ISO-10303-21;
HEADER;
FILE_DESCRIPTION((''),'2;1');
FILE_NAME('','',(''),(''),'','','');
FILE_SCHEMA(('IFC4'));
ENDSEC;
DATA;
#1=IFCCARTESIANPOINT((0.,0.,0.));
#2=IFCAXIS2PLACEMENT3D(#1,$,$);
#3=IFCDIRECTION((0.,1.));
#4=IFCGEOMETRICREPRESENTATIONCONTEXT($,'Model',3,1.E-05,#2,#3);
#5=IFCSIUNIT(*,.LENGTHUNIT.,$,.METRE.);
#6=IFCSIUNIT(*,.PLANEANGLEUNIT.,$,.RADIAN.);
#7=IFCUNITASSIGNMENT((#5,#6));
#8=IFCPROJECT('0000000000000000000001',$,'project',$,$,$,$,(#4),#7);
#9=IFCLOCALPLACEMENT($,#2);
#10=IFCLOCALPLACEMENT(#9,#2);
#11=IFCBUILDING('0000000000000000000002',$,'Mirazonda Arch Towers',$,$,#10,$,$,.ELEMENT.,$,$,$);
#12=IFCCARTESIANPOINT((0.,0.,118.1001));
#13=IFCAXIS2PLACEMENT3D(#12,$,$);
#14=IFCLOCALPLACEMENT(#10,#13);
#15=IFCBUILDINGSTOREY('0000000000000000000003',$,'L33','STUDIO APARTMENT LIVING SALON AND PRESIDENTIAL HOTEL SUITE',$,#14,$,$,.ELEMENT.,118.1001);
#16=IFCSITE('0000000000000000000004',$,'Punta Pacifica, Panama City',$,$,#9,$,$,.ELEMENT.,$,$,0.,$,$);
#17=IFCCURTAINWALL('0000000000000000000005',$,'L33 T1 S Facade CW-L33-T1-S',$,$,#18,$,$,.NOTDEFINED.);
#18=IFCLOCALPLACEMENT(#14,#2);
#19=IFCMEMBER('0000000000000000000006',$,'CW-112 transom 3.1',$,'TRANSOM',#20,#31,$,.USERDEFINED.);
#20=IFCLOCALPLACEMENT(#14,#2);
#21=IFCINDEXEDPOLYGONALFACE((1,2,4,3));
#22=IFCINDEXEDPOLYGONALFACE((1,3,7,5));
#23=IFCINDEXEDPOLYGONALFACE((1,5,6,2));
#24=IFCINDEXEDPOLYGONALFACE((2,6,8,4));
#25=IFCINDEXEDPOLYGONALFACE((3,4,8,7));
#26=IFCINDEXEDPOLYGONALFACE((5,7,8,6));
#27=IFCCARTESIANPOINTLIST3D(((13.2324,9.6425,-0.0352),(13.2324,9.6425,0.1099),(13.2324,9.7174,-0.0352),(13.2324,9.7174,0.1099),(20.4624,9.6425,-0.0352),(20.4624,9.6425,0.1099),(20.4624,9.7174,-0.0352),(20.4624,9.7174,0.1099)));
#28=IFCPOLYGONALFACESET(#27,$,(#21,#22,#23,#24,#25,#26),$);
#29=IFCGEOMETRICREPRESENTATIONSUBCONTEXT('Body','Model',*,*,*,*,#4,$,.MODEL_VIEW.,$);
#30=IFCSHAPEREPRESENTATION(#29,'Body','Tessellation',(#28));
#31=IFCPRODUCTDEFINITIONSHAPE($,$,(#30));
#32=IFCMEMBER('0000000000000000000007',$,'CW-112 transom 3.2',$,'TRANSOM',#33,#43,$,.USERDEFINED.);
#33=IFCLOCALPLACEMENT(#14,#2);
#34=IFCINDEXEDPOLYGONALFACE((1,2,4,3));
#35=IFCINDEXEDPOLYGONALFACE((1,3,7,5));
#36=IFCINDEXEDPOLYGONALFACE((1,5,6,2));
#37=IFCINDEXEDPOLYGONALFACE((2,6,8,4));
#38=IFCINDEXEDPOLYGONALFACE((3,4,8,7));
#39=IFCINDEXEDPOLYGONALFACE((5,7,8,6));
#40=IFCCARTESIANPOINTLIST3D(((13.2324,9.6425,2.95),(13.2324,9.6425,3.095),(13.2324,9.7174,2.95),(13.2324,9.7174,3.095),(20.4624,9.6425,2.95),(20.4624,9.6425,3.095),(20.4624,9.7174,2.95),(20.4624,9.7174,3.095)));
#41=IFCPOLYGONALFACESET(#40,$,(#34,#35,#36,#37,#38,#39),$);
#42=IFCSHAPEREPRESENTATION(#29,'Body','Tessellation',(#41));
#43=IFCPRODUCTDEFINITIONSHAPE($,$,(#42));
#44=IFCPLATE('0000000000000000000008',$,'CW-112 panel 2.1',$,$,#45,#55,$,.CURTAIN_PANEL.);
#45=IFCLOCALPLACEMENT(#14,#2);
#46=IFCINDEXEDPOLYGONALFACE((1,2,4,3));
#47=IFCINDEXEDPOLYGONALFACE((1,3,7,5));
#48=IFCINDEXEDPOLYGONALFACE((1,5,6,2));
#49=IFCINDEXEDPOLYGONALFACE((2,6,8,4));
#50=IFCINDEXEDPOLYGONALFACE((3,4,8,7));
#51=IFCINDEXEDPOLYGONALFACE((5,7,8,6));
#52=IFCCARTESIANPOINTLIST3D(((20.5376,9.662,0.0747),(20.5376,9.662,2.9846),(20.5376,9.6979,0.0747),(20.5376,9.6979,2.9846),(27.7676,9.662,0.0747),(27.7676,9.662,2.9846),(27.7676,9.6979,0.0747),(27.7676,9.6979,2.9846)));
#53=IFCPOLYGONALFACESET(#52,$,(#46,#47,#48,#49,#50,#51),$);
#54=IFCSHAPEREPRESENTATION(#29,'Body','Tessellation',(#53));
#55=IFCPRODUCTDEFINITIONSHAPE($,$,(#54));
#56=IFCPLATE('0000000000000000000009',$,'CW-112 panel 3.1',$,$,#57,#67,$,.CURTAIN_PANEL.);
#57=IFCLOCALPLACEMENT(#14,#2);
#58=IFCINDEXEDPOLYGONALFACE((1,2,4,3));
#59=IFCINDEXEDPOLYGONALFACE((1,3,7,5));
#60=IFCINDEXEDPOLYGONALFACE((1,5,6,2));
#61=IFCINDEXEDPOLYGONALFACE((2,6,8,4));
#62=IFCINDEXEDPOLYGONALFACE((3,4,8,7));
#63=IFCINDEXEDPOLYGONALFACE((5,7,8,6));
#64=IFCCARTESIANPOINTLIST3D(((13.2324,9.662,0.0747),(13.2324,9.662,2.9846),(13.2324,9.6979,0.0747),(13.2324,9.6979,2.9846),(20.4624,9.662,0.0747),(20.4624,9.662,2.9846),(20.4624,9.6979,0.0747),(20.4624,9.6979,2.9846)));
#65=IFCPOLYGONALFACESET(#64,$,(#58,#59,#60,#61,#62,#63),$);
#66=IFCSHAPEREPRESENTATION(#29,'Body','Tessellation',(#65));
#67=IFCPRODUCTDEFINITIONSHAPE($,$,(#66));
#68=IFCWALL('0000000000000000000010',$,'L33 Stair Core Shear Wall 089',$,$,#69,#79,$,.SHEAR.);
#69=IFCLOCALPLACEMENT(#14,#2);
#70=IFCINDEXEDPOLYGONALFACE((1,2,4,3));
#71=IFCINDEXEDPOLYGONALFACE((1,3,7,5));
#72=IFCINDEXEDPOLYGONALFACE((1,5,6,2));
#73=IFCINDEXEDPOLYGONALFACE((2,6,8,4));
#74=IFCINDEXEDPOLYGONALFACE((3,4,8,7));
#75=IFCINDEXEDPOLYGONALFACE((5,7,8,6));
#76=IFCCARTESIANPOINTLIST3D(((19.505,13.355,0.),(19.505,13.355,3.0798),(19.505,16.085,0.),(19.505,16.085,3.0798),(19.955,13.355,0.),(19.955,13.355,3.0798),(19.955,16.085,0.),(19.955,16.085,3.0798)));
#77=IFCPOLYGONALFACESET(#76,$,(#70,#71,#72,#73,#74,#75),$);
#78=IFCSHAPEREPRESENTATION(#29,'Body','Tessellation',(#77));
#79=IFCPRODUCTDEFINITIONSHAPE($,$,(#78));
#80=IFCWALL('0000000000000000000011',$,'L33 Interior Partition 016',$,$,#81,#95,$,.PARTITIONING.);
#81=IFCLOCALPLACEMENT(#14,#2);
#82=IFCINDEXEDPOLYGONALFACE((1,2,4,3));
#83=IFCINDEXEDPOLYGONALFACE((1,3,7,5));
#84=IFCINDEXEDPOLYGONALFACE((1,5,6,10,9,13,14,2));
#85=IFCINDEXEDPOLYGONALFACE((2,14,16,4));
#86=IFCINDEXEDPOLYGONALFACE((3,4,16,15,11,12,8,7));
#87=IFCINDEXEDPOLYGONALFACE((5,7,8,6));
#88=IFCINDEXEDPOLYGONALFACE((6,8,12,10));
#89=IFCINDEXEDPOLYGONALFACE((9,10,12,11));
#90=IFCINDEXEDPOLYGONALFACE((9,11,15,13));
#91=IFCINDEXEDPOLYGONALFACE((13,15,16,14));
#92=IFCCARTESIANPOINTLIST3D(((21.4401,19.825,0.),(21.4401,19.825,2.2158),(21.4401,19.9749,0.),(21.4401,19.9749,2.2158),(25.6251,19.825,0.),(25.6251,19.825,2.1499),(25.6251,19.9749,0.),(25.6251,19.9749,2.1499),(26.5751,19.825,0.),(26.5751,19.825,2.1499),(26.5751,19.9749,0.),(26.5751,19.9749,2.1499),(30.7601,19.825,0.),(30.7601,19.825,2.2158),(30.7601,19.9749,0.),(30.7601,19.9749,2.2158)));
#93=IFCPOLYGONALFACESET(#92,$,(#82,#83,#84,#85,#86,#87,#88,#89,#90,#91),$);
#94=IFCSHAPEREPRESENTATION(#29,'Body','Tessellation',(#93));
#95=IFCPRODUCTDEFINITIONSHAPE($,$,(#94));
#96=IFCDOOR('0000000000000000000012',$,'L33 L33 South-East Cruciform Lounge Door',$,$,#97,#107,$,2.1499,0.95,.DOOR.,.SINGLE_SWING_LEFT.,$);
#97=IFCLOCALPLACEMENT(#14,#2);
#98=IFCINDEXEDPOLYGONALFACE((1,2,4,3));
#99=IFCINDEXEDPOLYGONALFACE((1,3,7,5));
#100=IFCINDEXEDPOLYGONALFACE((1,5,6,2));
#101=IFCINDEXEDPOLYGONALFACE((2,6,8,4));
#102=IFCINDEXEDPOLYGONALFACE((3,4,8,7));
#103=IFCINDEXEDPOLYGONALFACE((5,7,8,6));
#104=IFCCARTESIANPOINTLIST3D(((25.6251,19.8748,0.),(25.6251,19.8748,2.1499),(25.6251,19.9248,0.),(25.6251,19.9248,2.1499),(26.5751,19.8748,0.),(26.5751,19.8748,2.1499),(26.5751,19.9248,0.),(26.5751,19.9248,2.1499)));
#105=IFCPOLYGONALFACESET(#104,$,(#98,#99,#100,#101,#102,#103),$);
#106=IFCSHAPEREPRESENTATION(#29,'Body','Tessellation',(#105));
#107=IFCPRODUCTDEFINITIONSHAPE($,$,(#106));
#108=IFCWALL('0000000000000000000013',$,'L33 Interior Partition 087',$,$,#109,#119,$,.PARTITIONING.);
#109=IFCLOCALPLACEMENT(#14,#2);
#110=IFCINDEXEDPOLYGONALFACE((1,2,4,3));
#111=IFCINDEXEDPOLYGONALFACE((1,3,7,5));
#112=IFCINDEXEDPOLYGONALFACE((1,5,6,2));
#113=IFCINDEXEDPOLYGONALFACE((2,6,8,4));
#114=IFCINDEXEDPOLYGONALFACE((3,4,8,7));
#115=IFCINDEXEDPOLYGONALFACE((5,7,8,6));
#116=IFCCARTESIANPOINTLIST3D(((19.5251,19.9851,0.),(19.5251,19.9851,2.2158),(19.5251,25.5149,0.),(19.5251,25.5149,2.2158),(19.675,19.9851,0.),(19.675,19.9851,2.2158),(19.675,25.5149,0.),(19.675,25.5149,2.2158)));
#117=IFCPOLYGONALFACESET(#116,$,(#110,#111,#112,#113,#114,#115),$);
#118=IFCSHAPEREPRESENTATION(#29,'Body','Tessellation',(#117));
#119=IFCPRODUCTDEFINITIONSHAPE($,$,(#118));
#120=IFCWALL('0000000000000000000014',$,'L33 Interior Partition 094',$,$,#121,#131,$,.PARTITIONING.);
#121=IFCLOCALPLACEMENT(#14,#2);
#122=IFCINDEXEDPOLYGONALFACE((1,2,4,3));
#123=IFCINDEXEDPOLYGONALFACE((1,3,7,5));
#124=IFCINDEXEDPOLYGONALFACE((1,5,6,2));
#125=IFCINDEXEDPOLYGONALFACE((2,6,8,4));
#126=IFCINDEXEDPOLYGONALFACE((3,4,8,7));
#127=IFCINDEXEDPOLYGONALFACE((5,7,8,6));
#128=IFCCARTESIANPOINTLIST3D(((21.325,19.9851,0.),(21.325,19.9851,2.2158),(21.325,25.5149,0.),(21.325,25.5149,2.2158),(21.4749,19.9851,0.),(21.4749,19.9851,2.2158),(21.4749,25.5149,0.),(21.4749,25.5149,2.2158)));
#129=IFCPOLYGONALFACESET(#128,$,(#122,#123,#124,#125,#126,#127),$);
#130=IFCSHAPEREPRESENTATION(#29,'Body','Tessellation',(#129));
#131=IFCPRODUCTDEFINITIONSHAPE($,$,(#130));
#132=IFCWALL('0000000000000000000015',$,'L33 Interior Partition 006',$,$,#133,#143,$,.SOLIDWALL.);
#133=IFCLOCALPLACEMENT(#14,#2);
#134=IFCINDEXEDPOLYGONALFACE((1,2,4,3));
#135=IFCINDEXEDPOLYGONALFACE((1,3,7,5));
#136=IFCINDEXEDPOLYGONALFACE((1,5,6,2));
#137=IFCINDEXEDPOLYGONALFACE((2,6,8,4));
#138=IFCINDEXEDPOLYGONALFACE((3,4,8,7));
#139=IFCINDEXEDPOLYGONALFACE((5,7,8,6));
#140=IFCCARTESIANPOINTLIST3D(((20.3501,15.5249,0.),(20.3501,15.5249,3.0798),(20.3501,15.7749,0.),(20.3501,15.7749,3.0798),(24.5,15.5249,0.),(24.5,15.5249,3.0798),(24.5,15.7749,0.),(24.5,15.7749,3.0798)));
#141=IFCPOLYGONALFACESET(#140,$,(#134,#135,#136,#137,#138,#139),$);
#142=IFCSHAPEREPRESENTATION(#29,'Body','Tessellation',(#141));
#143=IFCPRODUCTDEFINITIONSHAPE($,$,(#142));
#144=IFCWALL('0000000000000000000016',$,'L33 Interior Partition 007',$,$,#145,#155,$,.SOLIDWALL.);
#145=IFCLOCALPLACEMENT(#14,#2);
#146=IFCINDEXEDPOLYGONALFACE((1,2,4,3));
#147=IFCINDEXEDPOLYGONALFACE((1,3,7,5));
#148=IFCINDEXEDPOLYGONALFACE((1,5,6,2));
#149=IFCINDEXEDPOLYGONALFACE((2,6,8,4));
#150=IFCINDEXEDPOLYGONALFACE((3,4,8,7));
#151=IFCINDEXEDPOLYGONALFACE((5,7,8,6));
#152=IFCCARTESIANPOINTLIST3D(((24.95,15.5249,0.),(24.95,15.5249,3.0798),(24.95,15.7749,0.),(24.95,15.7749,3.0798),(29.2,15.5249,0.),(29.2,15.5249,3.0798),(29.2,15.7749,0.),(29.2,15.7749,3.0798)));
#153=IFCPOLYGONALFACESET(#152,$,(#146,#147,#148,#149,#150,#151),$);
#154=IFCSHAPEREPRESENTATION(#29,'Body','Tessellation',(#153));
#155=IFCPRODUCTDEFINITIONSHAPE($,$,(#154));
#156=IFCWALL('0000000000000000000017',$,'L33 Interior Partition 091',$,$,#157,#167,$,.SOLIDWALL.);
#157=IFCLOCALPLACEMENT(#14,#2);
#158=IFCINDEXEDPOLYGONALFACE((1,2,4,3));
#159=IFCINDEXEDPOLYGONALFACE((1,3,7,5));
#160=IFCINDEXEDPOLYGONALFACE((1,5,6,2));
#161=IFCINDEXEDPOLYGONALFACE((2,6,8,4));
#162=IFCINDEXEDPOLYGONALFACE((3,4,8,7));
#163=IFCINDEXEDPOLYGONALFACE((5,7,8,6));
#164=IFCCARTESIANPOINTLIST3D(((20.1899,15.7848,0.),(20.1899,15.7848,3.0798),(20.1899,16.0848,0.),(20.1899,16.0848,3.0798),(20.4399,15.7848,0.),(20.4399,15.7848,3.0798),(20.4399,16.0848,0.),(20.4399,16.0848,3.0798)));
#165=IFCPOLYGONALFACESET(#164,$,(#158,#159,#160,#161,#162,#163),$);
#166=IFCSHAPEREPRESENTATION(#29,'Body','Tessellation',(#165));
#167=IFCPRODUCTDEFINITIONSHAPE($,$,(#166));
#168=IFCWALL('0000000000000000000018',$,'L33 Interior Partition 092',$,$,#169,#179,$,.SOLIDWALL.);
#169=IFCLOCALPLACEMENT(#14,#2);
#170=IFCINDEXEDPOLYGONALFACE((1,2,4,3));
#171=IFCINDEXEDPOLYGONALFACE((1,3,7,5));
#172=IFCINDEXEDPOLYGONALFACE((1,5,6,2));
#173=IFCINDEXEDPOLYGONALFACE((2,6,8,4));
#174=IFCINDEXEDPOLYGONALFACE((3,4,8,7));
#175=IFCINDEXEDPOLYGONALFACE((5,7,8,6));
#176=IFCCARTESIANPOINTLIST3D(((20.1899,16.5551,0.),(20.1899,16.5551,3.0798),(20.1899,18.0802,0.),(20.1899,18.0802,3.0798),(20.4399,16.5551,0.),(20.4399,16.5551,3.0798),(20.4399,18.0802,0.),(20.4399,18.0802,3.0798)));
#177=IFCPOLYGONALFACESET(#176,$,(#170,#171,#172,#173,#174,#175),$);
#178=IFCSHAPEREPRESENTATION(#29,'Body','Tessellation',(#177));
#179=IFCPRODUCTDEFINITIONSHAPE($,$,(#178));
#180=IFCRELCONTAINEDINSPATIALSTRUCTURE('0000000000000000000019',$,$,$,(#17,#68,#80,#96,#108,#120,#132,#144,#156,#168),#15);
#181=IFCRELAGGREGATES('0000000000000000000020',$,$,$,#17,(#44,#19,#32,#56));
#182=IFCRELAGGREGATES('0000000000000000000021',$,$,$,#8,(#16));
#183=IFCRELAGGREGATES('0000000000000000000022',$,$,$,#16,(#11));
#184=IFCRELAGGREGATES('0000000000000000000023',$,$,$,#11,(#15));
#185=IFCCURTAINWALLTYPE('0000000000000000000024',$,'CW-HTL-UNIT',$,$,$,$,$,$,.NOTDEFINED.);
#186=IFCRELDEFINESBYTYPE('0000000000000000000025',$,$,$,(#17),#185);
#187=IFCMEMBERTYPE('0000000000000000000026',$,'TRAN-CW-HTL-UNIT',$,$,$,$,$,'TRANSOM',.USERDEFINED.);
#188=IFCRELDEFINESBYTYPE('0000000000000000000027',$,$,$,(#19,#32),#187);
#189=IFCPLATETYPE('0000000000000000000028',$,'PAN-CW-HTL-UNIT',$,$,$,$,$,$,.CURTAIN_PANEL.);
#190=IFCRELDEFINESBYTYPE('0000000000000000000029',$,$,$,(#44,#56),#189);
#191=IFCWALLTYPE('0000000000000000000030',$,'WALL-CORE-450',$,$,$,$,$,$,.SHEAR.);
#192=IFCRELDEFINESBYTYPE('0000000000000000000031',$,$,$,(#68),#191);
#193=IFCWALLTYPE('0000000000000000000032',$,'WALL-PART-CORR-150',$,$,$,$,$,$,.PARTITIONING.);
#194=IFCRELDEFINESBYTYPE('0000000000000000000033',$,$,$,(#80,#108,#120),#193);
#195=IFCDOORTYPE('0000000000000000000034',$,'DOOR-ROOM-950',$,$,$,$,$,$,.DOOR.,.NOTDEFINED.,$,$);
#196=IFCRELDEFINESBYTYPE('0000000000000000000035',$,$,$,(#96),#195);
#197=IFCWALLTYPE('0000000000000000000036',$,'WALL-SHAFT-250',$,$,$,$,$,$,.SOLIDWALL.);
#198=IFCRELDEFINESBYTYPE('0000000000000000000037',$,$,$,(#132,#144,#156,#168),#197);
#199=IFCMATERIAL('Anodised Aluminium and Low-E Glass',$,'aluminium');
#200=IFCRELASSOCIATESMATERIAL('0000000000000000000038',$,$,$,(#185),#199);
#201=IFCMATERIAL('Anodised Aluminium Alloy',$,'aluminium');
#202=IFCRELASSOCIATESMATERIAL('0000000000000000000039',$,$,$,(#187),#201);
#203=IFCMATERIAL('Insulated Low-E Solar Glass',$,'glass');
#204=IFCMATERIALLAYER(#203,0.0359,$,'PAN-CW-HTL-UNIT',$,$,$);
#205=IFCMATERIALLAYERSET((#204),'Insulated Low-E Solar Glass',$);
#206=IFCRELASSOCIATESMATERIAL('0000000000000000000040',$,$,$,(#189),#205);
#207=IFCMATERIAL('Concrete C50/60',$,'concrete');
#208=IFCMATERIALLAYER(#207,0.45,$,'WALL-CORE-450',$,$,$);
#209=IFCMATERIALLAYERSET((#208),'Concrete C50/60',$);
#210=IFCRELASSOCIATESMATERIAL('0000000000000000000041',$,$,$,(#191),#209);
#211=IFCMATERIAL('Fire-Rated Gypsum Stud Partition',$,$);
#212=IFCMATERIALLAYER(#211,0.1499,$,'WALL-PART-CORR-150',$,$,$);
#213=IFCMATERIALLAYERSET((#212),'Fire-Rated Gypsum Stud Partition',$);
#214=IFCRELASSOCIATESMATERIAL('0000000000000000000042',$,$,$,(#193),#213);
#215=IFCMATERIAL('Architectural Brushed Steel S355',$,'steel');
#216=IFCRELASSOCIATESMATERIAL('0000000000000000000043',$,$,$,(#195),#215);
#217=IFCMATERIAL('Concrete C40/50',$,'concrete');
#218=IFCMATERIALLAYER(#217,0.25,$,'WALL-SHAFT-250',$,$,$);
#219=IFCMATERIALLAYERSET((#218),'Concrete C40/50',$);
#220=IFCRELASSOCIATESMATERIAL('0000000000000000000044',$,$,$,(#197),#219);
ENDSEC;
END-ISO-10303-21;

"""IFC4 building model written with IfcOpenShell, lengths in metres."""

from ifc_helpers import new_model, si_unit, direction, frame, frame_2d, origin, origin_2d, place, context, subcontext, project, spatial, rectangle, extrude, material, layer, layer_set, material_profile, profile_set, type_object, element, fill, aggregate, save


model = new_model("IFC4")

# Units and contexts
model_context = context("Model", 3, precision=1e-05, world=origin(), true_north=direction((0.0, 1.0)))
body_context = subcontext(model_context, "Body", "Model", "MODEL_VIEW")
ifc_project = project(units=[si_unit("LENGTHUNIT", "METRE"), si_unit("PLANEANGLEUNIT", "RADIAN")], contexts=[model_context])

# Site, building, storey
site_placement = place(None, origin())
site = spatial("IfcSite", under=ifc_project, at=site_placement, Name="Punta Pacifica, Panama City", CompositionType="ELEMENT", RefElevation=0.0)
building_placement = place(site_placement, origin())
building = spatial("IfcBuilding", under=site, at=building_placement, Name="Mirazonda Arch Towers", CompositionType="ELEMENT")
storey_placement = place(building_placement, frame((0.0, 0.0, 118.1001)))
storey = spatial("IfcBuildingStorey", under=building, at=storey_placement, Name="L33", Description="STUDIO APARTMENT LIVING SALON AND PRESIDENTIAL HOTEL SUITE", CompositionType="ELEMENT", Elevation=118.1001)

# Shared definitions
ifc_material_1 = material(Name="Concrete C50/60", Category="concrete")

# Curtain wall, members, plates
ifc_material_2 = material(Name="Anodised Aluminium and Low-E Glass", Category="aluminium")
curtain_wall_type = type_object("IfcCurtainWallType", Name="CW-HTL-UNIT", PredefinedType="NOTDEFINED", material=ifc_material_2)
curtain_wall_placement = place(storey_placement, origin())
curtain_wall = element("IfcCurtainWall", 1, at=curtain_wall_placement, inside=storey, type_object=curtain_wall_type, Name="L33 T1 S Facade CW-L33-T1-S", PredefinedType="NOTDEFINED")
ifc_material_3 = material(Name="Anodised Aluminium Alloy", Category="aluminium")
ifc_material_profile_1 = material_profile(ifc_material_3, rectangle(XDim=0.075, YDim=0.145, at=origin_2d()), Name="ALU-TRAN-75x145")
ifc_profile_set_1 = profile_set([ifc_material_profile_1], Name="Anodised Aluminium Alloy")
member_type_1 = type_object("IfcMemberType", Name="TRAN-CW-HTL-UNIT", ElementType="TRANSOM", PredefinedType="USERDEFINED", material=ifc_profile_set_1)
member_1_placement = place(storey_placement, frame((20.4624, 9.6799, 0.0374), z_axis=(-1.0, 0.0, 0.0), x_axis=(0.0, -1.0, 0.0)))
member_1 = element("IfcMember", 2, at=member_1_placement, type_object=member_type_1, Name="CW-112 transom 3.1", ObjectType="TRANSOM", PredefinedType="USERDEFINED", context=body_context, shape_type="SweptSolid", body=[
    extrude(rectangle(XDim=0.075, YDim=0.145, at=origin_2d()), origin(), (0.0, 0.0, 1.0), 7.23),
])
member_2_placement = place(storey_placement, frame((20.4624, 9.6799, 3.0225), z_axis=(-1.0, 0.0, 0.0), x_axis=(0.0, -1.0, 0.0)))
member_2 = element("IfcMember", 3, at=member_2_placement, type_object=member_type_1, Name="CW-112 transom 3.2", ObjectType="TRANSOM", PredefinedType="USERDEFINED", context=body_context, shape_type="SweptSolid", body=[
    extrude(rectangle(XDim=0.075, YDim=0.145, at=origin_2d()), origin(), (0.0, 0.0, 1.0), 7.23),
])
ifc_material_4 = material(Name="Insulated Low-E Solar Glass", Category="glass")
ifc_layer_1 = layer(ifc_material_4, 0.0359, Name="PAN-CW-HTL-UNIT")
ifc_layer_set_1 = layer_set([ifc_layer_1], Name="Insulated Low-E Solar Glass")
plate_type = type_object("IfcPlateType", Name="PAN-CW-HTL-UNIT", PredefinedType="CURTAIN_PANEL", material=ifc_layer_set_1)
plate_1_placement = place(storey_placement, frame((24.1526, 9.6799, 0.0747), z_axis=(0.0, 0.0, 1.0), x_axis=(-1.0, 0.0, 0.0)))
plate_1 = element("IfcPlate", 4, at=plate_1_placement, type_object=plate_type, Name="CW-112 panel 2.1", PredefinedType="CURTAIN_PANEL", context=body_context, shape_type="SweptSolid", body=[
    extrude(rectangle(XDim=7.23, YDim=0.0359, at=origin_2d()), origin(), (0.0, 0.0, 1.0), 2.9099),
])
plate_2_placement = place(storey_placement, frame((16.8474, 9.6799, 0.0747), z_axis=(0.0, 0.0, 1.0), x_axis=(-1.0, 0.0, 0.0)))
plate_2 = element("IfcPlate", 5, at=plate_2_placement, type_object=plate_type, Name="CW-112 panel 3.1", PredefinedType="CURTAIN_PANEL", context=body_context, shape_type="SweptSolid", body=[
    extrude(rectangle(XDim=7.23, YDim=0.0359, at=origin_2d()), origin(), (0.0, 0.0, 1.0), 2.9099),
])
aggregate(curtain_wall, [plate_1, member_1, member_2, plate_2])

# Wall
ifc_layer_2 = layer(ifc_material_1, 0.45, Name="WALL-CORE-450")
ifc_layer_set_2 = layer_set([ifc_layer_2], Name="Concrete C50/60")
wall_type_1 = type_object("IfcWallType", Name="WALL-CORE-450", PredefinedType="SHEAR", material=ifc_layer_set_2)
wall_1_placement = place(storey_placement, frame((19.73, 13.355, 0.0), z_axis=(0.0, 0.0, 1.0), x_axis=(0.0, 1.0, 0.0)))
element("IfcWall", 6, at=wall_1_placement, inside=storey, type_object=wall_type_1, Name="L33 Stair Core Shear Wall 089", PredefinedType="SHEAR", context=body_context, shape_type="SweptSolid", body=[
    extrude(rectangle(XDim=2.73, YDim=0.45, at=frame_2d((1.365, 0.0))), origin(), (0.0, 0.0, 1.0), 3.0798),
])

# Wall, opening, door
ifc_material_5 = material(Name="Fire-Rated Gypsum Stud Partition")
ifc_layer_3 = layer(ifc_material_5, 0.1499, Name="WALL-PART-CORR-150")
ifc_layer_set_3 = layer_set([ifc_layer_3], Name="Fire-Rated Gypsum Stud Partition")
wall_type_2 = type_object("IfcWallType", Name="WALL-PART-CORR-150", PredefinedType="PARTITIONING", material=ifc_layer_set_3)
wall_2_placement = place(storey_placement, frame((21.4399, 19.8999, 0.0), z_axis=(0.0, 0.0, 1.0), x_axis=(1.0, 0.0, 0.0)))
wall_2 = element("IfcWall", 7, at=wall_2_placement, inside=storey, type_object=wall_type_2, Name="L33 Interior Partition 016", PredefinedType="PARTITIONING", context=body_context, shape_type="SweptSolid", body=[
    extrude(rectangle(XDim=9.3201, YDim=0.1499, at=frame_2d((4.6602, 0.0))), origin(), (0.0, 0.0, 1.0), 2.2158),
])
opening_placement = place(wall_2_placement, frame((4.1851, 0.0, 0.0)))
opening = element("IfcOpeningElement", 8, at=opening_placement, cuts=wall_2, PredefinedType="OPENING", context=body_context, shape_type="SweptSolid", body=[
    extrude(rectangle(XDim=0.95, YDim=2.1499, at=frame_2d((0.4751, 1.075))), frame((0.0, 0.085, 0.0), z_axis=(0.0, -1.0, 0.0), x_axis=(1.0, 0.0, 0.0)), (0.0, 0.0, 1.0), 0.1699),
])
ifc_material_6 = material(Name="Architectural Brushed Steel S355", Category="steel")
door_type = type_object("IfcDoorType", Name="DOOR-ROOM-950", OperationType="NOTDEFINED", PredefinedType="DOOR", material=ifc_material_6)
door_placement = place(opening_placement, origin())
door = element("IfcDoor", 9, at=door_placement, inside=storey, type_object=door_type, Name="L33 L33 South-East Cruciform Lounge Door", OperationType="SINGLE_SWING_LEFT", OverallHeight=2.1499, OverallWidth=0.95, PredefinedType="DOOR", context=body_context, shape_type="SweptSolid", body=[
    extrude(rectangle(XDim=0.95, YDim=2.1499, at=frame_2d((0.4751, 1.075))), frame((0.0, 0.0249, 0.0), z_axis=(0.0, -1.0, 0.0), x_axis=(1.0, 0.0, 0.0)), (0.0, 0.0, 1.0), 0.05),
])
fill(opening, door)

# Walls
for number, where, z_axis, x_axis, name in (
    (10, (19.6001, 19.9851, 0.0), (0.0, 0.0, 1.0), (0.0, 1.0, 0.0), "L33 Interior Partition 087"),
    (11, (21.3999, 19.9851, 0.0), (0.0, 0.0, 1.0), (0.0, 1.0, 0.0), "L33 Interior Partition 094"),
):
    element("IfcWall", number, at=place(storey_placement, frame(where, z_axis=z_axis, x_axis=x_axis)), inside=storey, type_object=wall_type_2, Name=name, PredefinedType="PARTITIONING", context=body_context, shape_type="SweptSolid", body=[
        extrude(rectangle(XDim=5.5298, YDim=0.1499, at=frame_2d((2.7649, 0.0))), origin(), (0.0, 0.0, 1.0), 2.2158),
    ])
ifc_material_7 = material(Name="Concrete C40/50", Category="concrete")
ifc_layer_4 = layer(ifc_material_7, 0.25, Name="WALL-SHAFT-250")
ifc_layer_set_4 = layer_set([ifc_layer_4], Name="Concrete C40/50")
wall_type_3 = type_object("IfcWallType", Name="WALL-SHAFT-250", PredefinedType="SOLIDWALL", material=ifc_layer_set_4)
wall_3_placement = place(storey_placement, frame((20.3501, 15.6499, 0.0), z_axis=(0.0, 0.0, 1.0), x_axis=(1.0, 0.0, 0.0)))
element("IfcWall", 12, at=wall_3_placement, inside=storey, type_object=wall_type_3, Name="L33 Interior Partition 006", PredefinedType="SOLIDWALL", context=body_context, shape_type="SweptSolid", body=[
    extrude(rectangle(XDim=4.1499, YDim=0.25, at=frame_2d((2.075, 0.0))), origin(), (0.0, 0.0, 1.0), 3.0798),
])
wall_4_placement = place(storey_placement, frame((24.95, 15.6499, 0.0), z_axis=(0.0, 0.0, 1.0), x_axis=(1.0, 0.0, 0.0)))
element("IfcWall", 13, at=wall_4_placement, inside=storey, type_object=wall_type_3, Name="L33 Interior Partition 007", PredefinedType="SOLIDWALL", context=body_context, shape_type="SweptSolid", body=[
    extrude(rectangle(XDim=4.25, YDim=0.25, at=frame_2d((2.125, 0.0))), origin(), (0.0, 0.0, 1.0), 3.0798),
])
wall_5_placement = place(storey_placement, frame((20.3149, 15.7849, 0.0), z_axis=(0.0, 0.0, 1.0), x_axis=(0.0, 1.0, 0.0)))
element("IfcWall", 14, at=wall_5_placement, inside=storey, type_object=wall_type_3, Name="L33 Interior Partition 091", PredefinedType="SOLIDWALL", context=body_context, shape_type="SweptSolid", body=[
    extrude(rectangle(XDim=0.3, YDim=0.25, at=frame_2d((0.1499, 0.0))), origin(), (0.0, 0.0, 1.0), 3.0798),
])
wall_6_placement = place(storey_placement, frame((20.3149, 16.5549, 0.0), z_axis=(0.0, 0.0, 1.0), x_axis=(0.0, 1.0, 0.0)))
element("IfcWall", 15, at=wall_6_placement, inside=storey, type_object=wall_type_3, Name="L33 Interior Partition 092", PredefinedType="SOLIDWALL", context=body_context, shape_type="SweptSolid", body=[
    extrude(rectangle(XDim=1.5251, YDim=0.25, at=frame_2d((0.7627, 0.0))), origin(), (0.0, 0.0, 1.0), 3.0798),
])

save(model, "model.ifc")
